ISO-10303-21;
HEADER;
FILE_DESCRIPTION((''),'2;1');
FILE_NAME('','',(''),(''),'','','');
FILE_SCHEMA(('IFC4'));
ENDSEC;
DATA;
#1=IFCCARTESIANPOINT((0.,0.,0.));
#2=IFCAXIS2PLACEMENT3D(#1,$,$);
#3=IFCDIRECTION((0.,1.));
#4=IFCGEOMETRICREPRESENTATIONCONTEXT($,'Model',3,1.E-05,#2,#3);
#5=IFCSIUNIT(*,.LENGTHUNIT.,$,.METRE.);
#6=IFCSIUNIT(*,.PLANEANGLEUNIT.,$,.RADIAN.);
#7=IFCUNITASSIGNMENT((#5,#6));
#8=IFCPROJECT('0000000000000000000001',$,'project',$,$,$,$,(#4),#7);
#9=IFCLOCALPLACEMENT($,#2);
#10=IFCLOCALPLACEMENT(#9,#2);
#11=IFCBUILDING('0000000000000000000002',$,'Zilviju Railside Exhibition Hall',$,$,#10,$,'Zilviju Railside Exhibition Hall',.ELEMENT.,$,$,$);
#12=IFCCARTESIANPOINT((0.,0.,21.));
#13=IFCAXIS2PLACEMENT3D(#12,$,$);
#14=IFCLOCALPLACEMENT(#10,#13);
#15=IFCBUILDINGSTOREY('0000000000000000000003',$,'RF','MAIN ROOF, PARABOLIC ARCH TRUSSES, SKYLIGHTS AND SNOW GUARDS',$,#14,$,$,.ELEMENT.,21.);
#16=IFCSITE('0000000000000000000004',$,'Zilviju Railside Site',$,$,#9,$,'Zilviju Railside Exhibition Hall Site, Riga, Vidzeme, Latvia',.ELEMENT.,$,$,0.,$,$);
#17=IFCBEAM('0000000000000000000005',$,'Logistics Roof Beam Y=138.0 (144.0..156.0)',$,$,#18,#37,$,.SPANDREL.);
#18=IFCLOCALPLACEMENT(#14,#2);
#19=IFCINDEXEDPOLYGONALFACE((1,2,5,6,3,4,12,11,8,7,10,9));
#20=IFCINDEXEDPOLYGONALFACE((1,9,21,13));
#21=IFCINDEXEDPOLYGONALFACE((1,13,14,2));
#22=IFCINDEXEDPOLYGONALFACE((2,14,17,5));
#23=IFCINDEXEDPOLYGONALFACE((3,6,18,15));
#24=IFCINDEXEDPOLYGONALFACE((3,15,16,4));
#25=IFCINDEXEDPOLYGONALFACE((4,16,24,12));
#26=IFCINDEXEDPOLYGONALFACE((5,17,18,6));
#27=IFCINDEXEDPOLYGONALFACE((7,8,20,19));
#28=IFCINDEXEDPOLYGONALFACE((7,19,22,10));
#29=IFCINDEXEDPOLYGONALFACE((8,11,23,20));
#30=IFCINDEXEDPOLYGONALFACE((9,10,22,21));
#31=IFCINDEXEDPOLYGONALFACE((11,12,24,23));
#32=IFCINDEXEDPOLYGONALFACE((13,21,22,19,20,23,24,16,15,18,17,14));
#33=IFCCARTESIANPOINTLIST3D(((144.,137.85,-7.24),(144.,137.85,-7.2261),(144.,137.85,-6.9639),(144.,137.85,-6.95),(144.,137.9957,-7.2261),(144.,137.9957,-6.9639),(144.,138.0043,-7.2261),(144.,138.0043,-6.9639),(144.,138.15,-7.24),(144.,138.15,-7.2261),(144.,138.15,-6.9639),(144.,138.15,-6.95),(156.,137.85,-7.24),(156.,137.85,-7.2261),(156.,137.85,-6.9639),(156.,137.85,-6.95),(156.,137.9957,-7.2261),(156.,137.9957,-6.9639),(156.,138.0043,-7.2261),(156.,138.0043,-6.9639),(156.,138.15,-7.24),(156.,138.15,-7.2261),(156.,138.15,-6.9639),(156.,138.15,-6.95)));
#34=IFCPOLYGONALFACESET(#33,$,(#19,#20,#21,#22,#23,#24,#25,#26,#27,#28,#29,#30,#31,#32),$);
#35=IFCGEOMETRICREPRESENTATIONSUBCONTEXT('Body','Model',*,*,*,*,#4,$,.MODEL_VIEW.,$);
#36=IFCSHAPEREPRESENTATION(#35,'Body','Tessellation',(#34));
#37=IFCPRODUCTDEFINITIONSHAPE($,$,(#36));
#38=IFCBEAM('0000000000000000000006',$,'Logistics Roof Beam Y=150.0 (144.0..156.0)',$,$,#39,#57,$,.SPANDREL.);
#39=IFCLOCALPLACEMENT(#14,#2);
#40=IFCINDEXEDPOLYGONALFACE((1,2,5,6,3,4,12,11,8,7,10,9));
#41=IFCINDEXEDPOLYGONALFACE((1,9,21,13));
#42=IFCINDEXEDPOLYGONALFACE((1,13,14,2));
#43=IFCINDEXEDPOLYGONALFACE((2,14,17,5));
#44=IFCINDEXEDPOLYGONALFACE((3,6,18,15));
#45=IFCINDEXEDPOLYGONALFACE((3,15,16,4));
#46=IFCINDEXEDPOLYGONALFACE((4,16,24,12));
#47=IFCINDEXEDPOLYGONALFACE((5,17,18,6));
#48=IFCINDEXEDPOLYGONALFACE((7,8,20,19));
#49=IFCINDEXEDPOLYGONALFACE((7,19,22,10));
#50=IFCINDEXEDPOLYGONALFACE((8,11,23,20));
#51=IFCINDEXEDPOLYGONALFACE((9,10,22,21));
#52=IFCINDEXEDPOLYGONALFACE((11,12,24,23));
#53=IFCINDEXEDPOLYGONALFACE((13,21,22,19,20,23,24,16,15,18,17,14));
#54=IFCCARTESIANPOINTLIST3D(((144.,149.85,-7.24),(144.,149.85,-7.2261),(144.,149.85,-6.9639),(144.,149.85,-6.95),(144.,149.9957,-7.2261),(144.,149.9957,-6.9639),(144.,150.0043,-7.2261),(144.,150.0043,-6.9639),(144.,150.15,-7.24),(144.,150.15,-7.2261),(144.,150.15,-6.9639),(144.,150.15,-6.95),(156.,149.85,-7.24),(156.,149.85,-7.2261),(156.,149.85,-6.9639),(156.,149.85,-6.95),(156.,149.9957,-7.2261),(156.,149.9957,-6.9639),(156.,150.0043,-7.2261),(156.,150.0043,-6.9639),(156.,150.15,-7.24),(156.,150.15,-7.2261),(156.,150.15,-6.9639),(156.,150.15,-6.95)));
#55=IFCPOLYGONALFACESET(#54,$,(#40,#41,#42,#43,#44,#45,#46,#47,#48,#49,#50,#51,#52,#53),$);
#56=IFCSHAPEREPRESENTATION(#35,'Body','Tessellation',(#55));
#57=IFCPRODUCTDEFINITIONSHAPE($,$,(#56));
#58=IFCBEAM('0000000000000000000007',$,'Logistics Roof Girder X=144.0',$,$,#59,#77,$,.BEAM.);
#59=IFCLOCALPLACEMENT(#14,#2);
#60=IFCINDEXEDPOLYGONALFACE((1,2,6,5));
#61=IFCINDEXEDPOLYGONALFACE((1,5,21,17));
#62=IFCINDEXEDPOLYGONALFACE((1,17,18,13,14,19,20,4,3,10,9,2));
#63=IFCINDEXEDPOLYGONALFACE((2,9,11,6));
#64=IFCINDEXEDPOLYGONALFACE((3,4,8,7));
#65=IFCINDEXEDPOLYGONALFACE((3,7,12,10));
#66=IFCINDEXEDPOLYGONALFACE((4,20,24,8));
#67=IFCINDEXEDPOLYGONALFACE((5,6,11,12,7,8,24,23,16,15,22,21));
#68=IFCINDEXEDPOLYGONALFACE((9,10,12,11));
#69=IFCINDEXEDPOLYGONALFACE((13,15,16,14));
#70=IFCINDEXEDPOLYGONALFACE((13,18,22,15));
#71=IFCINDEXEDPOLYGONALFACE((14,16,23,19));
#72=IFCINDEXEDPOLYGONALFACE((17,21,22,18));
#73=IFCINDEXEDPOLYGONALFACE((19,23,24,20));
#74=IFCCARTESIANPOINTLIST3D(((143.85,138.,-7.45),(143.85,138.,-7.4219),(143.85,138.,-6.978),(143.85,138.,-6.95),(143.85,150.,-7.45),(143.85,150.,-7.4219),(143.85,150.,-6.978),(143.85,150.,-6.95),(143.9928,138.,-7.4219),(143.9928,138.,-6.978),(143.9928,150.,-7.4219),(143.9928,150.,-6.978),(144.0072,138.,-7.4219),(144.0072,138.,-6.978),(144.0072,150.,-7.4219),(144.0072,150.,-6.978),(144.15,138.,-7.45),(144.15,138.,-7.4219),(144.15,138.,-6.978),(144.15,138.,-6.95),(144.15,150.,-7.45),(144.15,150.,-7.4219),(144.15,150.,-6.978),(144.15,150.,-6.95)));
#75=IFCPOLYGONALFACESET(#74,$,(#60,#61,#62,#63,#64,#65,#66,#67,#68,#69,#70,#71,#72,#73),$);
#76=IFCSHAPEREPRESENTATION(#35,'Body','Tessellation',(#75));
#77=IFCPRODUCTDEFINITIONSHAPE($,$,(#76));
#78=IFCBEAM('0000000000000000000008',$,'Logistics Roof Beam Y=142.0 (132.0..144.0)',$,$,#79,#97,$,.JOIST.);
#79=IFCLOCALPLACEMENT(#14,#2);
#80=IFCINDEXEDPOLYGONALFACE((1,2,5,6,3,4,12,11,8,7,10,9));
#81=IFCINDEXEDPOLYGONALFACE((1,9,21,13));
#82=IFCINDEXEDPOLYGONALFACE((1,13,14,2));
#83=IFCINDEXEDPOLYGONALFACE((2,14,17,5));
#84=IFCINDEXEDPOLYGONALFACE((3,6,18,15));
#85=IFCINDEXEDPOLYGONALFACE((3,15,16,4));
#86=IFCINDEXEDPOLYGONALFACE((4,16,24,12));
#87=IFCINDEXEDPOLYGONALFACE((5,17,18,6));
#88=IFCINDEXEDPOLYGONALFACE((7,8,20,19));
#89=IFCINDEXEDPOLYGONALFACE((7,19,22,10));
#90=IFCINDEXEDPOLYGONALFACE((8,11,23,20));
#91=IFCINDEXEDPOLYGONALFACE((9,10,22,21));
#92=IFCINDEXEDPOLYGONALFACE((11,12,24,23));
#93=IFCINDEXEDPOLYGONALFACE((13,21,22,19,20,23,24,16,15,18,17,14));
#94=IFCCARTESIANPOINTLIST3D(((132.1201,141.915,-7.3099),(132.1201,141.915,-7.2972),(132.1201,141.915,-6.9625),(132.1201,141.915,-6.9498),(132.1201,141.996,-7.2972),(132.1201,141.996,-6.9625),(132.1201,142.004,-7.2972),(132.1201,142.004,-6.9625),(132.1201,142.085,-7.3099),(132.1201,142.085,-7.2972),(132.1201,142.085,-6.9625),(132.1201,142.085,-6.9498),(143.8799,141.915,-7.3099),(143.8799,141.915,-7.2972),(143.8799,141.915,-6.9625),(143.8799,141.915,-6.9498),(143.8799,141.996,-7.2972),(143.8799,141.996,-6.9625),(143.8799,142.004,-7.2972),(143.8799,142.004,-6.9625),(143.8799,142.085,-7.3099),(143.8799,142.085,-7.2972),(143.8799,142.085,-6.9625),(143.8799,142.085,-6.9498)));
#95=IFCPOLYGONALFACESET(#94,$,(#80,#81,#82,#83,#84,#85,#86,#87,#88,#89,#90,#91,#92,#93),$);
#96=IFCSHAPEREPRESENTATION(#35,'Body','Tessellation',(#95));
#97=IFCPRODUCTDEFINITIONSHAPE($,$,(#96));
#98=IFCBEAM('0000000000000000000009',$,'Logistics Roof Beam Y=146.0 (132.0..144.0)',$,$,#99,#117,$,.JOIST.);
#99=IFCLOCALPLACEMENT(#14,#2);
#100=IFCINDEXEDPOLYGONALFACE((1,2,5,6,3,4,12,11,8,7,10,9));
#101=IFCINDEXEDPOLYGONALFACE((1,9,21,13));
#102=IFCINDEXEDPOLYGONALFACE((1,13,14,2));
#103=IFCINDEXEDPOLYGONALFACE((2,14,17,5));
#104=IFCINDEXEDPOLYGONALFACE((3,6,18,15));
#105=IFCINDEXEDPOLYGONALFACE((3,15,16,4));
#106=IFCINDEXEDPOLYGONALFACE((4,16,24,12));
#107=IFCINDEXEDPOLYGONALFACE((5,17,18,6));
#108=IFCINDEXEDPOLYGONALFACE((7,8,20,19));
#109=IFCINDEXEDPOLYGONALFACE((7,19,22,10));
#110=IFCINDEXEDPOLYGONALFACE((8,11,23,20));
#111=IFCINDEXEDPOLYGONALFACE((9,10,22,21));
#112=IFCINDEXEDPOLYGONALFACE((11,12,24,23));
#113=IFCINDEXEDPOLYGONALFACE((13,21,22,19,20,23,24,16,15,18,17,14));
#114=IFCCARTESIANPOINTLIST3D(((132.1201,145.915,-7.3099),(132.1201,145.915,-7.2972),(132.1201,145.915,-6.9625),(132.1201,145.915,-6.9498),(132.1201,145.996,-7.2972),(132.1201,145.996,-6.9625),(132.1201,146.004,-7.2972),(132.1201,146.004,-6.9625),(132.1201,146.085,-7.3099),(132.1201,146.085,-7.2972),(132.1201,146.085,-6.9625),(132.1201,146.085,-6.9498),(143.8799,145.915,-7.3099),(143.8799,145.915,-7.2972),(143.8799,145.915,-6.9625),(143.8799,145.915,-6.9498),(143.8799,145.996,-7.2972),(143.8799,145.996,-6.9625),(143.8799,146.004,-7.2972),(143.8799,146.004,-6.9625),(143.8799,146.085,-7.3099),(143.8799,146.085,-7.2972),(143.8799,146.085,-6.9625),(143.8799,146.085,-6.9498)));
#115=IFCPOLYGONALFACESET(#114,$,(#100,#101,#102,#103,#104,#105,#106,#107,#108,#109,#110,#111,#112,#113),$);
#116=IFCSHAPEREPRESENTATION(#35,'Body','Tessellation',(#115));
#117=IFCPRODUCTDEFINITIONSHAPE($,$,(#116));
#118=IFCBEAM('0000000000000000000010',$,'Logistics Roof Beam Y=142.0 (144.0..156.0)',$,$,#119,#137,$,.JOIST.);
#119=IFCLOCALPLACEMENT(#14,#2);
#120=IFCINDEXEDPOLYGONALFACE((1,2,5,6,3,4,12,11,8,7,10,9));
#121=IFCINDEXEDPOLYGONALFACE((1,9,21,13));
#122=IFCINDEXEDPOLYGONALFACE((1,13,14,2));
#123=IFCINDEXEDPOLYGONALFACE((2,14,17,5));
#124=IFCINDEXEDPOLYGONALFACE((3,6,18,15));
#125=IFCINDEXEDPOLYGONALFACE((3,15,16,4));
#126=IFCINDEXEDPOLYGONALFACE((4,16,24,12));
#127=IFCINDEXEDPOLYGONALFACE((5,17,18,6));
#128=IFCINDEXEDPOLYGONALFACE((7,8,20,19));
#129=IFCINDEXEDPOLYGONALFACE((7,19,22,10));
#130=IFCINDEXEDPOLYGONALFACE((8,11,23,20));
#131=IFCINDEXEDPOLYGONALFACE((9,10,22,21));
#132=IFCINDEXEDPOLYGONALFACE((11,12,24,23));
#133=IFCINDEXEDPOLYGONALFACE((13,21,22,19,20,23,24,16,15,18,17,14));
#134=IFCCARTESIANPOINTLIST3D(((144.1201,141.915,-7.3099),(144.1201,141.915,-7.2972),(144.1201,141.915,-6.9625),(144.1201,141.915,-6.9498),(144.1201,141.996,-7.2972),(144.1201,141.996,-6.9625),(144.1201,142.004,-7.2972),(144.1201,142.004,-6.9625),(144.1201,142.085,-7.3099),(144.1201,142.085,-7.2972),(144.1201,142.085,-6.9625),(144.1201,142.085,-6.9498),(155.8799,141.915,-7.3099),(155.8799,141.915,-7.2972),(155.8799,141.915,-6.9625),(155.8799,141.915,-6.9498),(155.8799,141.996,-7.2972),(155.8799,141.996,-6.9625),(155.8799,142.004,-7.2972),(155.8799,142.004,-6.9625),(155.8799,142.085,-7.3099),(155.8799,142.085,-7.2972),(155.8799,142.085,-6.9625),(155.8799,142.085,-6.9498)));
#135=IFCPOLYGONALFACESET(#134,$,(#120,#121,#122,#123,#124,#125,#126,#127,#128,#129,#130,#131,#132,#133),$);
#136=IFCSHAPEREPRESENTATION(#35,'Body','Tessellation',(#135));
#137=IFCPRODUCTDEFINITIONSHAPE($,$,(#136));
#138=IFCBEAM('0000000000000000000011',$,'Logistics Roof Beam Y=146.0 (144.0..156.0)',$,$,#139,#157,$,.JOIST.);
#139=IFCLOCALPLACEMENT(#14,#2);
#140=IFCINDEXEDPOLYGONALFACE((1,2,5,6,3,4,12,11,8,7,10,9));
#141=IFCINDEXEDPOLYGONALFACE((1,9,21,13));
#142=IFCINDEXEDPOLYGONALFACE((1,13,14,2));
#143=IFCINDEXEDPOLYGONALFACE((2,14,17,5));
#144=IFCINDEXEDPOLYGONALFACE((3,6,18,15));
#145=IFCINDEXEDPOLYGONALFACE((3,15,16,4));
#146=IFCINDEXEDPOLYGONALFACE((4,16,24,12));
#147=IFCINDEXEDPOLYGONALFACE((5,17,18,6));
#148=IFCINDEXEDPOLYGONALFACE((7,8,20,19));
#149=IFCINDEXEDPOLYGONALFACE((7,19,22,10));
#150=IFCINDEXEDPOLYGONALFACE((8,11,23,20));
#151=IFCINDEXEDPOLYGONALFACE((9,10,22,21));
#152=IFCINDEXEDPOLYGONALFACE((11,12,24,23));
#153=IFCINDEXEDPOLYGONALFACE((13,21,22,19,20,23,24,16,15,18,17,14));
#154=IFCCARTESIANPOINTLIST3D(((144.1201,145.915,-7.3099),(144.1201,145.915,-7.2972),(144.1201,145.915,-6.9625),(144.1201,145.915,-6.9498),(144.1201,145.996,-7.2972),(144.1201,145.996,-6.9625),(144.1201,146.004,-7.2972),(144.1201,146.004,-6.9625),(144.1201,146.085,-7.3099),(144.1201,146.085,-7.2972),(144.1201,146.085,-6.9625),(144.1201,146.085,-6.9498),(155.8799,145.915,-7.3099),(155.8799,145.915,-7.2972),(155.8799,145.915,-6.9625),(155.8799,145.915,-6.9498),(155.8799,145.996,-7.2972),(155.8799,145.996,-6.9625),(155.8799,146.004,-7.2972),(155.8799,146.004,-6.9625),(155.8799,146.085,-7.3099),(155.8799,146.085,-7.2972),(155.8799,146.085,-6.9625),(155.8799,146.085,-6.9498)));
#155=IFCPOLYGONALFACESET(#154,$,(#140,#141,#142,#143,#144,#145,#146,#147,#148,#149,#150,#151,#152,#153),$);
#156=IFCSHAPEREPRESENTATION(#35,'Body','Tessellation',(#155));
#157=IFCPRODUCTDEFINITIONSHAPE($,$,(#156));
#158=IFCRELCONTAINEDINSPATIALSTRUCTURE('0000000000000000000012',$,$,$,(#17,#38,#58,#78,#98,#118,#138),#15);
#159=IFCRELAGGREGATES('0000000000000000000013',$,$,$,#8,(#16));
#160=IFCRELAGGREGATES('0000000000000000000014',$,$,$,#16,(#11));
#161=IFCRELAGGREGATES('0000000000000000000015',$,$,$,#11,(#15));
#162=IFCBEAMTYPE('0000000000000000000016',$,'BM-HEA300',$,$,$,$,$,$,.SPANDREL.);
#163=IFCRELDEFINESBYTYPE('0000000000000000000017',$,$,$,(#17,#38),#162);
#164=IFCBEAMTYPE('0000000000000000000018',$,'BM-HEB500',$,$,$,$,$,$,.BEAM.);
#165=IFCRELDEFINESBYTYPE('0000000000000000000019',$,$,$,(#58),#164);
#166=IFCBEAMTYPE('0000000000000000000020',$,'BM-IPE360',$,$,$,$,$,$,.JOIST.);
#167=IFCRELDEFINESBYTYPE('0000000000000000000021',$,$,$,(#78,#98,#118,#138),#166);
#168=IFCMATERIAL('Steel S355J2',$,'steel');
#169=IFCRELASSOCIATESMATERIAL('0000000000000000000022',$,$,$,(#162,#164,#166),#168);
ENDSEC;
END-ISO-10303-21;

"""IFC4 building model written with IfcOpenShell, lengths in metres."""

from ifc_helpers import new_model, si_unit, direction, frame, origin, origin_2d, place, context, subcontext, project, spatial, i_section, extrude, material, material_profile, profile_set, type_object, element, save


model = new_model("IFC4")

# Units and contexts
model_context = context("Model", 3, precision=1e-05, world=origin(), true_north=direction((0.0, 1.0)))
body_context = subcontext(model_context, "Body", "Model", "MODEL_VIEW")
ifc_project = project(units=[si_unit("LENGTHUNIT", "METRE"), si_unit("PLANEANGLEUNIT", "RADIAN")], contexts=[model_context])

# Site, building, storey
site_placement = place(None, origin())
site = spatial("IfcSite", under=ifc_project, at=site_placement, Name="Zilviju Railside Site", LongName="Zilviju Railside Exhibition Hall Site, Riga, Vidzeme, Latvia", CompositionType="ELEMENT", RefElevation=0.0)
building_placement = place(site_placement, origin())
building = spatial("IfcBuilding", under=site, at=building_placement, Name="Zilviju Railside Exhibition Hall", LongName="Zilviju Railside Exhibition Hall", CompositionType="ELEMENT")
storey_placement = place(building_placement, frame((0.0, 0.0, 21.0)))
storey = spatial("IfcBuildingStorey", under=building, at=storey_placement, Name="RF", Description="MAIN ROOF, PARABOLIC ARCH TRUSSES, SKYLIGHTS AND SNOW GUARDS", CompositionType="ELEMENT", Elevation=21.0)

# Beams
ifc_material_1 = material(Name="Steel S355J2", Category="steel")
ifc_material_profile_1 = material_profile(ifc_material_1, i_section(OverallWidth=0.3, OverallDepth=0.29, WebThickness=0.0085, FlangeThickness=0.0139, at=origin_2d()), Name="HEA 300")
ifc_profile_set_1 = profile_set([ifc_material_profile_1], Name="Steel S355J2")
beam_type_1 = type_object("IfcBeamType", Name="BM-HEA300", PredefinedType="SPANDREL", material=ifc_profile_set_1)
for number, where, z_axis, x_axis, name in (
    (1, (144.0, 138.0, -7.095), (1.0, 0.0, 0.0), (0.0, 1.0, 0.0), "Logistics Roof Beam Y=138.0 (144.0..156.0)"),
    (2, (144.0, 150.0, -7.095), (1.0, 0.0, 0.0), (0.0, 1.0, 0.0), "Logistics Roof Beam Y=150.0 (144.0..156.0)"),
):
    element("IfcBeam", number, at=place(storey_placement, frame(where, z_axis=z_axis, x_axis=x_axis)), inside=storey, type_object=beam_type_1, Name=name, PredefinedType="SPANDREL", context=body_context, shape_type="SweptSolid", body=[
        extrude(i_section(OverallWidth=0.3, OverallDepth=0.29, WebThickness=0.0085, FlangeThickness=0.0139, at=origin_2d()), origin(), (0.0, 0.0, 1.0), 12.0),
    ])
ifc_material_profile_2 = material_profile(ifc_material_1, i_section(OverallWidth=0.3, OverallDepth=0.5, WebThickness=0.0144, FlangeThickness=0.0281, at=origin_2d()), Name="HEB 500")
ifc_profile_set_2 = profile_set([ifc_material_profile_2], Name="Steel S355J2")
beam_type_2 = type_object("IfcBeamType", Name="BM-HEB500", PredefinedType="BEAM", material=ifc_profile_set_2)
beam_placement = place(storey_placement, frame((144.0, 138.0, -7.2), z_axis=(0.0, 1.0, 0.0), x_axis=(-1.0, 0.0, 0.0)))
element("IfcBeam", 3, at=beam_placement, inside=storey, type_object=beam_type_2, Name="Logistics Roof Girder X=144.0", PredefinedType="BEAM", context=body_context, shape_type="SweptSolid", body=[
    extrude(i_section(OverallWidth=0.3, OverallDepth=0.5, WebThickness=0.0144, FlangeThickness=0.0281, at=origin_2d()), origin(), (0.0, 0.0, 1.0), 12.0),
])
ifc_material_profile_3 = material_profile(ifc_material_1, i_section(OverallWidth=0.1699, OverallDepth=0.3601, WebThickness=0.0081, FlangeThickness=0.0127, at=origin_2d()), Name="IPE 360")
ifc_profile_set_3 = profile_set([ifc_material_profile_3], Name="Steel S355J2")
beam_type_3 = type_object("IfcBeamType", Name="BM-IPE360", PredefinedType="JOIST", material=ifc_profile_set_3)
for number, where, z_axis, x_axis, name in (
    (4, (132.1201, 142.0, -7.1299), (1.0, 0.0, 0.0), (0.0, 1.0, 0.0), "Logistics Roof Beam Y=142.0 (132.0..144.0)"),
    (5, (132.1201, 146.0, -7.1299), (1.0, 0.0, 0.0), (0.0, 1.0, 0.0), "Logistics Roof Beam Y=146.0 (132.0..144.0)"),
    (6, (144.1201, 142.0, -7.1299), (1.0, 0.0, 0.0), (0.0, 1.0, 0.0), "Logistics Roof Beam Y=142.0 (144.0..156.0)"),
    (7, (144.1201, 146.0, -7.1299), (1.0, 0.0, 0.0), (0.0, 1.0, 0.0), "Logistics Roof Beam Y=146.0 (144.0..156.0)"),
):
    element("IfcBeam", number, at=place(storey_placement, frame(where, z_axis=z_axis, x_axis=x_axis)), inside=storey, type_object=beam_type_3, Name=name, PredefinedType="JOIST", context=body_context, shape_type="SweptSolid", body=[
        extrude(i_section(OverallWidth=0.1699, OverallDepth=0.3601, WebThickness=0.0081, FlangeThickness=0.0127, at=origin_2d()), origin(), (0.0, 0.0, 1.0), 11.7598),
    ])

save(model, "model.ifc")
